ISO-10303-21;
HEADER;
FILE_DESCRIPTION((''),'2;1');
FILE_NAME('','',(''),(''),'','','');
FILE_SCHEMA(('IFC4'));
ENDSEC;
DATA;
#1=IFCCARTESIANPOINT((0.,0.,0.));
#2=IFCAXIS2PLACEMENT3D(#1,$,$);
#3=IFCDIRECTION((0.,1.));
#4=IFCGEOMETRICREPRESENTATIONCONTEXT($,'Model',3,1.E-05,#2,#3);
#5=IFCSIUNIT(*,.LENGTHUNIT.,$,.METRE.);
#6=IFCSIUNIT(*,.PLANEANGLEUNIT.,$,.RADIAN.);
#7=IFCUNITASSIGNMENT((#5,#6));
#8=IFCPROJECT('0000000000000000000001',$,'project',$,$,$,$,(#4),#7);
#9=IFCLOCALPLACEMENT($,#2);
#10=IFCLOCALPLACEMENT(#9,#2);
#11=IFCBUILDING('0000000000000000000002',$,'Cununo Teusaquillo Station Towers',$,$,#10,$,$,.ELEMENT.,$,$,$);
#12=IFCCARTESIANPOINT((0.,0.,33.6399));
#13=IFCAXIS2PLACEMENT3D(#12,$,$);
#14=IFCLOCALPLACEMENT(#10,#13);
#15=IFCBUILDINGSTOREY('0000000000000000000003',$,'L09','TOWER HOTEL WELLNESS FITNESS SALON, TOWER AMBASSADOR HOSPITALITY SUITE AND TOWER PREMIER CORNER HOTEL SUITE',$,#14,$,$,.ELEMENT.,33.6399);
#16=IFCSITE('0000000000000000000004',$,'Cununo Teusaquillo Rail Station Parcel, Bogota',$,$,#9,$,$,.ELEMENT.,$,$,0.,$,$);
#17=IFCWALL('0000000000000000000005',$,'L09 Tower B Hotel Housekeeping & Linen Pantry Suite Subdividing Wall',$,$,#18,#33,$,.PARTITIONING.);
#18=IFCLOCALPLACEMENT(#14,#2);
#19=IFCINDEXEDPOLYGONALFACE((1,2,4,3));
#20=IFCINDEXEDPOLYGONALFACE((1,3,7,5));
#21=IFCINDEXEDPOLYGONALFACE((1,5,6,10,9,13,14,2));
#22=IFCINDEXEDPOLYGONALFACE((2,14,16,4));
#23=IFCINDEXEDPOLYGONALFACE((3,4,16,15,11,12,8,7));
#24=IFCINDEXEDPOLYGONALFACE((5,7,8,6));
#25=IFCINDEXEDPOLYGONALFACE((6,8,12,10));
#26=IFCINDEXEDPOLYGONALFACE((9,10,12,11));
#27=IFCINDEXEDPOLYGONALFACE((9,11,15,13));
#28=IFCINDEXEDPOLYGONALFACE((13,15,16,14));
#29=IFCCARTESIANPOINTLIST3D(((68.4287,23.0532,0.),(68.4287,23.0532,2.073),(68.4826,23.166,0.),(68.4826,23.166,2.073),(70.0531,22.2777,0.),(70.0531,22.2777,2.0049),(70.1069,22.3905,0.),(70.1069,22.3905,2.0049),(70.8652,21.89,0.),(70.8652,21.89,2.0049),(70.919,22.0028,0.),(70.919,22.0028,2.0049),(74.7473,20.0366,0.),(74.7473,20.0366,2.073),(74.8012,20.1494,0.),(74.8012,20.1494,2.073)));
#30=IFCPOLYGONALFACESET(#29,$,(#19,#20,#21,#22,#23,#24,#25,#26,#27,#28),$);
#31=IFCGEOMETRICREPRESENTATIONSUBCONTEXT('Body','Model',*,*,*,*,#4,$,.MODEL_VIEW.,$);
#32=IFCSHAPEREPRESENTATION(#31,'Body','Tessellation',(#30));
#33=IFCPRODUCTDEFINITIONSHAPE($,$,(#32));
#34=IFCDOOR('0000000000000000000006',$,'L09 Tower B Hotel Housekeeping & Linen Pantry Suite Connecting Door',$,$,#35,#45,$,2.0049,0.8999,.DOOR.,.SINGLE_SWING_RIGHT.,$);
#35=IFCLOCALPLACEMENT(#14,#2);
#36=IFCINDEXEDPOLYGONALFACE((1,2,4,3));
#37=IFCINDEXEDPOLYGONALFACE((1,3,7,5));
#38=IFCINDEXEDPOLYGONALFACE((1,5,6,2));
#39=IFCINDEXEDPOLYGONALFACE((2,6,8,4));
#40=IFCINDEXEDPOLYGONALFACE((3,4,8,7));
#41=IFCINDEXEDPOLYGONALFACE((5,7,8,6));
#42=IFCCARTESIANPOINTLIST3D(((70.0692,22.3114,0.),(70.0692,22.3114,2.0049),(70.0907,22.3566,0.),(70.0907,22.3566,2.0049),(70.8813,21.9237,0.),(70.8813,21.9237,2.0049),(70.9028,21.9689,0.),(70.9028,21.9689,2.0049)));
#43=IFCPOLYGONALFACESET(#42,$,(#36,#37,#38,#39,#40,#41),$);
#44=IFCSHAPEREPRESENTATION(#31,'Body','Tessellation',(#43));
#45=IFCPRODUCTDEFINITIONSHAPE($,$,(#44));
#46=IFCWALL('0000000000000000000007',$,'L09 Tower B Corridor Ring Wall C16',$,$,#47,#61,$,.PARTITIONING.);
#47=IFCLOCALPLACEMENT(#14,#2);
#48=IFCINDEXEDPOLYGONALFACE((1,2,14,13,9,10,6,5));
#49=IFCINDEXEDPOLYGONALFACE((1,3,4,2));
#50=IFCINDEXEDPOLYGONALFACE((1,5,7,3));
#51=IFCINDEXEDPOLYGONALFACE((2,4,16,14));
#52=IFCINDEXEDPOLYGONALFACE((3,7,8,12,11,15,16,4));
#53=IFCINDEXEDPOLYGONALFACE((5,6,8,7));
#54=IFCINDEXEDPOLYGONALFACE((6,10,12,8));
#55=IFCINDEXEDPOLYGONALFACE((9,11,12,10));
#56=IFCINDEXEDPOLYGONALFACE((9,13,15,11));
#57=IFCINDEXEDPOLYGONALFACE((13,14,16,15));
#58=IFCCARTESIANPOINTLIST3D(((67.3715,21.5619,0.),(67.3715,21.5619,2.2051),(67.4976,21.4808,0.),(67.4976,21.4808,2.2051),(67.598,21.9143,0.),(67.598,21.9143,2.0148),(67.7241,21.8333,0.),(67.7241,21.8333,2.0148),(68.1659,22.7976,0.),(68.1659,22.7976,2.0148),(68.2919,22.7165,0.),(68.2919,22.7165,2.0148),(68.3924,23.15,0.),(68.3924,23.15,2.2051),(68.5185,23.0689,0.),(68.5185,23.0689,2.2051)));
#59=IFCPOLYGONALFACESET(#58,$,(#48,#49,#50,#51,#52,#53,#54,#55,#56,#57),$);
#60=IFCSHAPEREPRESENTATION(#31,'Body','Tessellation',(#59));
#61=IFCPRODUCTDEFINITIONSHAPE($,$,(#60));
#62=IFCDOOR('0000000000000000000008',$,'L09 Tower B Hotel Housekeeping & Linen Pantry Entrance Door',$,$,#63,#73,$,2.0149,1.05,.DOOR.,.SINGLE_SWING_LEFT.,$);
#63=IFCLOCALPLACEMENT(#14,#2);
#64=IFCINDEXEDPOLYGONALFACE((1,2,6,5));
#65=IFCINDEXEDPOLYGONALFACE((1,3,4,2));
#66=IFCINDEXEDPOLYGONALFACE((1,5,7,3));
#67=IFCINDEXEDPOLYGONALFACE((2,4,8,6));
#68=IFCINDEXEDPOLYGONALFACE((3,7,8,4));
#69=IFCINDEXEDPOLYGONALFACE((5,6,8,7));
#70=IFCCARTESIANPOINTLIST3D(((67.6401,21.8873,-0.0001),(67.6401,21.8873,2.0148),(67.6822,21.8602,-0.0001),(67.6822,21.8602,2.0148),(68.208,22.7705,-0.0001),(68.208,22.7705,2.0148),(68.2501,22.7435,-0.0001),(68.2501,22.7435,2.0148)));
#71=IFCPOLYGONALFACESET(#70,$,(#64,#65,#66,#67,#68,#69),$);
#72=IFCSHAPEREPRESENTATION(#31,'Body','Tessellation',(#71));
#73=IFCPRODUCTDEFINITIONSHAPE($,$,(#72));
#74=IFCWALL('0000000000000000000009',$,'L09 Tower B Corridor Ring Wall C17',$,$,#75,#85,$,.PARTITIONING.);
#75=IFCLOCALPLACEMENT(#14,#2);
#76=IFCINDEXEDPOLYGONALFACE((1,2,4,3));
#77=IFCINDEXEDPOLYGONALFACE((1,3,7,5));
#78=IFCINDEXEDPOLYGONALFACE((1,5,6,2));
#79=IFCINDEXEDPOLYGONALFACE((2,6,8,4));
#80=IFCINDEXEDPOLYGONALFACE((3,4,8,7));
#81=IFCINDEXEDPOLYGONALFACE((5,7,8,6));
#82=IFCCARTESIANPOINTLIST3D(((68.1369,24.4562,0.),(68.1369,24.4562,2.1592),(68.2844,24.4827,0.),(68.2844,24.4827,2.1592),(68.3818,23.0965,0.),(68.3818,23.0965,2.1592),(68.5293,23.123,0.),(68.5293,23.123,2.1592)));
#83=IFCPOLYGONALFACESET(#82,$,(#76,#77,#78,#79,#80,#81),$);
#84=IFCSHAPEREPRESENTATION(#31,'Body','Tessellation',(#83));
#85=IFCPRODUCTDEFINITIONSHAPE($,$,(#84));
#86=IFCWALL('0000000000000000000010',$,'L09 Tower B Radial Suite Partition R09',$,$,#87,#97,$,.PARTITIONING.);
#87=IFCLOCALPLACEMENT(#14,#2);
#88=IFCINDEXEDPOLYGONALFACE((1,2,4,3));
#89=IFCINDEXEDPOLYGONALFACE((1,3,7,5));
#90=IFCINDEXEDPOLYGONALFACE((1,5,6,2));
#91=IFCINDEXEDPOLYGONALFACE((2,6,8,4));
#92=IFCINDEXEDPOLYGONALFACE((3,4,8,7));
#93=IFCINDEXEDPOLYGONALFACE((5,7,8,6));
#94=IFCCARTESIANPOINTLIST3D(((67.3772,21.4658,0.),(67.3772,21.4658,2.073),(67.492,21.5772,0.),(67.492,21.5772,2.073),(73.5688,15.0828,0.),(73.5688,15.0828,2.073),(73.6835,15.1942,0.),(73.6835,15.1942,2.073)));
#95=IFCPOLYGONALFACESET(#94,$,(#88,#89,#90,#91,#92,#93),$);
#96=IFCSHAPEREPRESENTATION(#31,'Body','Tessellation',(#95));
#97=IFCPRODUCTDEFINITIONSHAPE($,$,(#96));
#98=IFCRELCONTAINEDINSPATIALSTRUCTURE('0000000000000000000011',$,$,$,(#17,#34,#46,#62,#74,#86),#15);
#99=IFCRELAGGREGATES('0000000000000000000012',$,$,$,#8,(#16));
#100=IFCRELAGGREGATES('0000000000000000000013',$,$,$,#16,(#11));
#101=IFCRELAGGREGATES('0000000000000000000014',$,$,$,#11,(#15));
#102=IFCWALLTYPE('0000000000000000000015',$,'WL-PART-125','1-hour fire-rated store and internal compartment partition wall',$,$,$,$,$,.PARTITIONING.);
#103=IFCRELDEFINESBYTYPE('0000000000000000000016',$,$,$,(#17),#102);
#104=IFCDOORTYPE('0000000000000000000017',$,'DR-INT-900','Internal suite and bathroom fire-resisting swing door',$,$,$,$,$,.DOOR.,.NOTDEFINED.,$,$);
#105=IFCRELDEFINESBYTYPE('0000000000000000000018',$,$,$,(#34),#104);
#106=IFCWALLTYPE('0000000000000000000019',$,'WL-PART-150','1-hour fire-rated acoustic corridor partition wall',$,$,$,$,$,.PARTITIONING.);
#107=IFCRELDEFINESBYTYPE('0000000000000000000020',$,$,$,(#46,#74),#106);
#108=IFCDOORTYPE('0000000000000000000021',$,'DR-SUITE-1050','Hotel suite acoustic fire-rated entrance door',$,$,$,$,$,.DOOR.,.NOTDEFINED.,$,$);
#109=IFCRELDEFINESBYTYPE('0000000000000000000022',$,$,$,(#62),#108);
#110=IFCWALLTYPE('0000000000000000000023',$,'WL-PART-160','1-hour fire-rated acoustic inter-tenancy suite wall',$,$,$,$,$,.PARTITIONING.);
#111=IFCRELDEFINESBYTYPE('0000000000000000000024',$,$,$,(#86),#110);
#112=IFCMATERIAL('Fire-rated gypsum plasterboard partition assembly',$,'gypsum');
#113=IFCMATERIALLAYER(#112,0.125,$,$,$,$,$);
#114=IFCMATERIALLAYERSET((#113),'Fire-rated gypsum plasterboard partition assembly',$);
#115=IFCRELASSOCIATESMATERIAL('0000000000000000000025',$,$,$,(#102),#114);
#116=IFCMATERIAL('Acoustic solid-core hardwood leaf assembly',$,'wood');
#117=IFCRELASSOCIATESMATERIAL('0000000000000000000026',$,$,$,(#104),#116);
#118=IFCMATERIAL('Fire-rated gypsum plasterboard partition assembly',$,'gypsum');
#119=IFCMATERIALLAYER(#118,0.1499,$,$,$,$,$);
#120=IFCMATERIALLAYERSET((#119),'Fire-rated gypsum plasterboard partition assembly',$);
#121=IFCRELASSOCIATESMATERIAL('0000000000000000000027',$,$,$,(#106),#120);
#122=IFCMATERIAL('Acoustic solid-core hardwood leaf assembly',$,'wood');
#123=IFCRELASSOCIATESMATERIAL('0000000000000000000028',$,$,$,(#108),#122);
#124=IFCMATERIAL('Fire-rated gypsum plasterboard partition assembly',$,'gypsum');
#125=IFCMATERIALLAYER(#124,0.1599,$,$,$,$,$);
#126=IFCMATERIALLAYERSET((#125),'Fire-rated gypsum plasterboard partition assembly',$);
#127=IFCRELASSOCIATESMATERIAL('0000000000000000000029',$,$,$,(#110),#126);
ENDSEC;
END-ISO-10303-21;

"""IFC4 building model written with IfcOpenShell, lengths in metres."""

from ifc_helpers import new_model, si_unit, direction, frame, frame_2d, origin, place, context, subcontext, project, spatial, rectangle, extrude, source, transform, mapped, material, layer, layer_set, type_object, element, fill, save


model = new_model("IFC4")

# Units and contexts
model_context = context("Model", 3, precision=1e-05, world=origin(), true_north=direction((0.0, 1.0)))
body_context = subcontext(model_context, "Body", "Model", "MODEL_VIEW")
ifc_project = project(units=[si_unit("LENGTHUNIT", "METRE"), si_unit("PLANEANGLEUNIT", "RADIAN")], contexts=[model_context])

# Site, building, storey
site_placement = place(None, origin())
site = spatial("IfcSite", under=ifc_project, at=site_placement, Name="Cununo Teusaquillo Rail Station Parcel, Bogota", CompositionType="ELEMENT", RefElevation=0.0)
building_placement = place(site_placement, origin())
building = spatial("IfcBuilding", under=site, at=building_placement, Name="Cununo Teusaquillo Station Towers", CompositionType="ELEMENT")
storey_placement = place(building_placement, frame((0.0, 0.0, 33.6399)))
storey = spatial("IfcBuildingStorey", under=building, at=storey_placement, Name="L09", Description="TOWER HOTEL WELLNESS FITNESS SALON, TOWER AMBASSADOR HOSPITALITY SUITE AND TOWER PREMIER CORNER HOTEL SUITE", CompositionType="ELEMENT", Elevation=33.6399)

# Shared definitions
ifc_material_1 = material(Name="Fire-rated gypsum plasterboard partition assembly", Category="gypsum")
ifc_layer_1 = layer(ifc_material_1, 0.125)
ifc_layer_set_1 = layer_set([ifc_layer_1], Name="Fire-rated gypsum plasterboard partition assembly")
wall_type_1 = type_object("IfcWallType", Name="WL-PART-125", Description="1-hour fire-rated store and internal compartment partition wall", PredefinedType="PARTITIONING", material=ifc_layer_set_1)

# Walls, openings, doors
shared_shape_1 = source(origin(), body_context, "Body", "SweptSolid", [
    extrude(rectangle(XDim=0.8999, YDim=2.0049, at=frame_2d((0.45, 1.0024))), frame((0.0, 0.0725, 0.0), z_axis=(0.0, -1.0, 0.0), x_axis=(1.0, 0.0, 0.0)), (0.0, 0.0, 1.0), 0.145),
])
ifc_material_2 = material(Name="Acoustic solid-core hardwood leaf assembly", Category="wood")
door_type_1 = type_object("IfcDoorType", Name="DR-INT-900", Description="Internal suite and bathroom fire-resisting swing door", OperationType="NOTDEFINED", PredefinedType="DOOR", material=ifc_material_2)
shared_shape_2 = source(origin(), body_context, "Body", "SweptSolid", [
    extrude(rectangle(XDim=0.8999, YDim=2.0049, at=frame_2d((0.45, 1.0024))), frame((0.0, 0.0249, 0.0), z_axis=(0.0, -1.0, 0.0), x_axis=(1.0, 0.0, 0.0)), (0.0, 0.0, 1.0), 0.05),
])
wall_1_placement = place(storey_placement, frame((68.4556, 23.1096, 0.0), z_axis=(0.0, 0.0, 1.0), x_axis=(0.902431, -0.430835, 0.0)))
wall_1 = element("IfcWall", 1, at=wall_1_placement, inside=storey, type_object=wall_type_1, Name="L09 Tower B Hotel Housekeeping & Linen Pantry Suite Subdividing Wall", PredefinedType="PARTITIONING", context=body_context, shape_type="SweptSolid", body=[
    extrude(rectangle(XDim=7.0017, YDim=0.125, at=frame_2d((3.501, 0.0))), origin(), (0.0, 0.0, 1.0), 2.073),
])
opening_1_placement = place(wall_1_placement, frame((1.8, 0.0, 0.0)))
opening_1 = element("IfcOpeningElement", 2, at=opening_1_placement, cuts=wall_1, PredefinedType="OPENING", context=body_context, shape_type="MappedRepresentation", body=[
    mapped(shared_shape_1, transform((0.0, 0.0, 0.0), x_axis=(1.0, 0.0, 0.0), y_axis=(0.0, 1.0, 0.0), z_axis=(0.0, 0.0, 1.0), scale=1.0)),
])
door_1_placement = place(opening_1_placement, origin())
door_1 = element("IfcDoor", 3, at=door_1_placement, inside=storey, type_object=door_type_1, Name="L09 Tower B Hotel Housekeeping & Linen Pantry Suite Connecting Door", OperationType="SINGLE_SWING_RIGHT", OverallHeight=2.0049, OverallWidth=0.8999, PredefinedType="DOOR", context=body_context, shape_type="MappedRepresentation", body=[
    mapped(shared_shape_2, transform((0.0, 0.0, 0.0), x_axis=(1.0, 0.0, 0.0), y_axis=(0.0, 1.0, 0.0), z_axis=(0.0, 0.0, 1.0), scale=1.0)),
])
fill(opening_1, door_1)
ifc_material_3 = material(Name="Fire-rated gypsum plasterboard partition assembly", Category="gypsum")
ifc_layer_2 = layer(ifc_material_3, 0.1499)
ifc_layer_set_2 = layer_set([ifc_layer_2], Name="Fire-rated gypsum plasterboard partition assembly")
wall_type_2 = type_object("IfcWallType", Name="WL-PART-150", Description="1-hour fire-rated acoustic corridor partition wall", PredefinedType="PARTITIONING", material=ifc_layer_set_2)
wall_2_placement = place(storey_placement, frame((67.4346, 21.5215, 0.0), z_axis=(0.0, 0.0, 1.0), x_axis=(0.540777, 0.841166, 0.0)))
wall_2 = element("IfcWall", 4, at=wall_2_placement, inside=storey, type_object=wall_type_2, Name="L09 Tower B Corridor Ring Wall C16", PredefinedType="PARTITIONING", context=body_context, shape_type="SweptSolid", body=[
    extrude(rectangle(XDim=1.8879, YDim=0.1499, at=frame_2d((0.9438, 0.0))), origin(), (0.0, 0.0, 1.0), 2.2051),
])
shared_shape_3 = source(origin(), body_context, "Body", "SweptSolid", [
    extrude(rectangle(XDim=1.05, YDim=2.0149, at=frame_2d((0.5249, 1.0073))), frame((0.0, 0.085, 0.0), z_axis=(0.0, -1.0, 0.0), x_axis=(1.0, 0.0, 0.0)), (0.0, 0.0, 1.0), 0.1699),
])
opening_2_placement = place(wall_2_placement, frame((0.4189, 0.0, 0.0)))
opening_2 = element("IfcOpeningElement", 5, at=opening_2_placement, cuts=wall_2, PredefinedType="OPENING", context=body_context, shape_type="MappedRepresentation", body=[
    mapped(shared_shape_3, transform((0.0, 0.0, 0.0), x_axis=(1.0, 0.0, 0.0), y_axis=(0.0, 1.0, 0.0), z_axis=(0.0, 0.0, 1.0), scale=1.0)),
])
ifc_material_4 = material(Name="Acoustic solid-core hardwood leaf assembly", Category="wood")
door_type_2 = type_object("IfcDoorType", Name="DR-SUITE-1050", Description="Hotel suite acoustic fire-rated entrance door", OperationType="NOTDEFINED", PredefinedType="DOOR", material=ifc_material_4)
shared_shape_4 = source(origin(), body_context, "Body", "SweptSolid", [
    extrude(rectangle(XDim=1.05, YDim=2.0149, at=frame_2d((0.5249, 1.0073))), frame((0.0, 0.0249, 0.0), z_axis=(0.0, -1.0, 0.0), x_axis=(1.0, 0.0, 0.0)), (0.0, 0.0, 1.0), 0.05),
])
door_2_placement = place(opening_2_placement, origin())
door_2 = element("IfcDoor", 6, at=door_2_placement, inside=storey, type_object=door_type_2, Name="L09 Tower B Hotel Housekeeping & Linen Pantry Entrance Door", OperationType="SINGLE_SWING_LEFT", OverallHeight=2.0149, OverallWidth=1.05, PredefinedType="DOOR", context=body_context, shape_type="MappedRepresentation", body=[
    mapped(shared_shape_4, transform((0.0, 0.0, 0.0), x_axis=(1.0, 0.0, 0.0), y_axis=(0.0, 1.0, 0.0), z_axis=(0.0, 0.0, 1.0), scale=1.0)),
])
fill(opening_2, door_2)

# Walls
wall_3_placement = place(storey_placement, frame((68.4556, 23.1096, 0.0), z_axis=(0.0, 0.0, 1.0), x_axis=(-0.177252, 0.984165, 0.0)))
element("IfcWall", 7, at=wall_3_placement, inside=storey, type_object=wall_type_2, Name="L09 Tower B Corridor Ring Wall C17", PredefinedType="PARTITIONING", context=body_context, shape_type="SweptSolid", body=[
    extrude(rectangle(XDim=1.3816, YDim=0.1499, at=frame_2d((0.6909, 0.0))), origin(), (0.0, 0.0, 1.0), 2.1592),
])
ifc_material_5 = material(Name="Fire-rated gypsum plasterboard partition assembly", Category="gypsum")
ifc_layer_3 = layer(ifc_material_5, 0.1599)
ifc_layer_set_3 = layer_set([ifc_layer_3], Name="Fire-rated gypsum plasterboard partition assembly")
wall_type_3 = type_object("IfcWallType", Name="WL-PART-160", Description="1-hour fire-rated acoustic inter-tenancy suite wall", PredefinedType="PARTITIONING", material=ifc_layer_set_3)
wall_4_placement = place(storey_placement, frame((67.4346, 21.5215, 0.0), z_axis=(0.0, 0.0, 1.0), x_axis=(0.696263, -0.717787, 0.0)))
element("IfcWall", 8, at=wall_4_placement, inside=storey, type_object=wall_type_3, Name="L09 Tower B Radial Suite Partition R09", PredefinedType="PARTITIONING", context=body_context, shape_type="SweptSolid", body=[
    extrude(rectangle(XDim=8.8926, YDim=0.1599, at=frame_2d((4.4463, 0.0))), origin(), (0.0, 0.0, 1.0), 2.073),
])

save(model, "model.ifc")
